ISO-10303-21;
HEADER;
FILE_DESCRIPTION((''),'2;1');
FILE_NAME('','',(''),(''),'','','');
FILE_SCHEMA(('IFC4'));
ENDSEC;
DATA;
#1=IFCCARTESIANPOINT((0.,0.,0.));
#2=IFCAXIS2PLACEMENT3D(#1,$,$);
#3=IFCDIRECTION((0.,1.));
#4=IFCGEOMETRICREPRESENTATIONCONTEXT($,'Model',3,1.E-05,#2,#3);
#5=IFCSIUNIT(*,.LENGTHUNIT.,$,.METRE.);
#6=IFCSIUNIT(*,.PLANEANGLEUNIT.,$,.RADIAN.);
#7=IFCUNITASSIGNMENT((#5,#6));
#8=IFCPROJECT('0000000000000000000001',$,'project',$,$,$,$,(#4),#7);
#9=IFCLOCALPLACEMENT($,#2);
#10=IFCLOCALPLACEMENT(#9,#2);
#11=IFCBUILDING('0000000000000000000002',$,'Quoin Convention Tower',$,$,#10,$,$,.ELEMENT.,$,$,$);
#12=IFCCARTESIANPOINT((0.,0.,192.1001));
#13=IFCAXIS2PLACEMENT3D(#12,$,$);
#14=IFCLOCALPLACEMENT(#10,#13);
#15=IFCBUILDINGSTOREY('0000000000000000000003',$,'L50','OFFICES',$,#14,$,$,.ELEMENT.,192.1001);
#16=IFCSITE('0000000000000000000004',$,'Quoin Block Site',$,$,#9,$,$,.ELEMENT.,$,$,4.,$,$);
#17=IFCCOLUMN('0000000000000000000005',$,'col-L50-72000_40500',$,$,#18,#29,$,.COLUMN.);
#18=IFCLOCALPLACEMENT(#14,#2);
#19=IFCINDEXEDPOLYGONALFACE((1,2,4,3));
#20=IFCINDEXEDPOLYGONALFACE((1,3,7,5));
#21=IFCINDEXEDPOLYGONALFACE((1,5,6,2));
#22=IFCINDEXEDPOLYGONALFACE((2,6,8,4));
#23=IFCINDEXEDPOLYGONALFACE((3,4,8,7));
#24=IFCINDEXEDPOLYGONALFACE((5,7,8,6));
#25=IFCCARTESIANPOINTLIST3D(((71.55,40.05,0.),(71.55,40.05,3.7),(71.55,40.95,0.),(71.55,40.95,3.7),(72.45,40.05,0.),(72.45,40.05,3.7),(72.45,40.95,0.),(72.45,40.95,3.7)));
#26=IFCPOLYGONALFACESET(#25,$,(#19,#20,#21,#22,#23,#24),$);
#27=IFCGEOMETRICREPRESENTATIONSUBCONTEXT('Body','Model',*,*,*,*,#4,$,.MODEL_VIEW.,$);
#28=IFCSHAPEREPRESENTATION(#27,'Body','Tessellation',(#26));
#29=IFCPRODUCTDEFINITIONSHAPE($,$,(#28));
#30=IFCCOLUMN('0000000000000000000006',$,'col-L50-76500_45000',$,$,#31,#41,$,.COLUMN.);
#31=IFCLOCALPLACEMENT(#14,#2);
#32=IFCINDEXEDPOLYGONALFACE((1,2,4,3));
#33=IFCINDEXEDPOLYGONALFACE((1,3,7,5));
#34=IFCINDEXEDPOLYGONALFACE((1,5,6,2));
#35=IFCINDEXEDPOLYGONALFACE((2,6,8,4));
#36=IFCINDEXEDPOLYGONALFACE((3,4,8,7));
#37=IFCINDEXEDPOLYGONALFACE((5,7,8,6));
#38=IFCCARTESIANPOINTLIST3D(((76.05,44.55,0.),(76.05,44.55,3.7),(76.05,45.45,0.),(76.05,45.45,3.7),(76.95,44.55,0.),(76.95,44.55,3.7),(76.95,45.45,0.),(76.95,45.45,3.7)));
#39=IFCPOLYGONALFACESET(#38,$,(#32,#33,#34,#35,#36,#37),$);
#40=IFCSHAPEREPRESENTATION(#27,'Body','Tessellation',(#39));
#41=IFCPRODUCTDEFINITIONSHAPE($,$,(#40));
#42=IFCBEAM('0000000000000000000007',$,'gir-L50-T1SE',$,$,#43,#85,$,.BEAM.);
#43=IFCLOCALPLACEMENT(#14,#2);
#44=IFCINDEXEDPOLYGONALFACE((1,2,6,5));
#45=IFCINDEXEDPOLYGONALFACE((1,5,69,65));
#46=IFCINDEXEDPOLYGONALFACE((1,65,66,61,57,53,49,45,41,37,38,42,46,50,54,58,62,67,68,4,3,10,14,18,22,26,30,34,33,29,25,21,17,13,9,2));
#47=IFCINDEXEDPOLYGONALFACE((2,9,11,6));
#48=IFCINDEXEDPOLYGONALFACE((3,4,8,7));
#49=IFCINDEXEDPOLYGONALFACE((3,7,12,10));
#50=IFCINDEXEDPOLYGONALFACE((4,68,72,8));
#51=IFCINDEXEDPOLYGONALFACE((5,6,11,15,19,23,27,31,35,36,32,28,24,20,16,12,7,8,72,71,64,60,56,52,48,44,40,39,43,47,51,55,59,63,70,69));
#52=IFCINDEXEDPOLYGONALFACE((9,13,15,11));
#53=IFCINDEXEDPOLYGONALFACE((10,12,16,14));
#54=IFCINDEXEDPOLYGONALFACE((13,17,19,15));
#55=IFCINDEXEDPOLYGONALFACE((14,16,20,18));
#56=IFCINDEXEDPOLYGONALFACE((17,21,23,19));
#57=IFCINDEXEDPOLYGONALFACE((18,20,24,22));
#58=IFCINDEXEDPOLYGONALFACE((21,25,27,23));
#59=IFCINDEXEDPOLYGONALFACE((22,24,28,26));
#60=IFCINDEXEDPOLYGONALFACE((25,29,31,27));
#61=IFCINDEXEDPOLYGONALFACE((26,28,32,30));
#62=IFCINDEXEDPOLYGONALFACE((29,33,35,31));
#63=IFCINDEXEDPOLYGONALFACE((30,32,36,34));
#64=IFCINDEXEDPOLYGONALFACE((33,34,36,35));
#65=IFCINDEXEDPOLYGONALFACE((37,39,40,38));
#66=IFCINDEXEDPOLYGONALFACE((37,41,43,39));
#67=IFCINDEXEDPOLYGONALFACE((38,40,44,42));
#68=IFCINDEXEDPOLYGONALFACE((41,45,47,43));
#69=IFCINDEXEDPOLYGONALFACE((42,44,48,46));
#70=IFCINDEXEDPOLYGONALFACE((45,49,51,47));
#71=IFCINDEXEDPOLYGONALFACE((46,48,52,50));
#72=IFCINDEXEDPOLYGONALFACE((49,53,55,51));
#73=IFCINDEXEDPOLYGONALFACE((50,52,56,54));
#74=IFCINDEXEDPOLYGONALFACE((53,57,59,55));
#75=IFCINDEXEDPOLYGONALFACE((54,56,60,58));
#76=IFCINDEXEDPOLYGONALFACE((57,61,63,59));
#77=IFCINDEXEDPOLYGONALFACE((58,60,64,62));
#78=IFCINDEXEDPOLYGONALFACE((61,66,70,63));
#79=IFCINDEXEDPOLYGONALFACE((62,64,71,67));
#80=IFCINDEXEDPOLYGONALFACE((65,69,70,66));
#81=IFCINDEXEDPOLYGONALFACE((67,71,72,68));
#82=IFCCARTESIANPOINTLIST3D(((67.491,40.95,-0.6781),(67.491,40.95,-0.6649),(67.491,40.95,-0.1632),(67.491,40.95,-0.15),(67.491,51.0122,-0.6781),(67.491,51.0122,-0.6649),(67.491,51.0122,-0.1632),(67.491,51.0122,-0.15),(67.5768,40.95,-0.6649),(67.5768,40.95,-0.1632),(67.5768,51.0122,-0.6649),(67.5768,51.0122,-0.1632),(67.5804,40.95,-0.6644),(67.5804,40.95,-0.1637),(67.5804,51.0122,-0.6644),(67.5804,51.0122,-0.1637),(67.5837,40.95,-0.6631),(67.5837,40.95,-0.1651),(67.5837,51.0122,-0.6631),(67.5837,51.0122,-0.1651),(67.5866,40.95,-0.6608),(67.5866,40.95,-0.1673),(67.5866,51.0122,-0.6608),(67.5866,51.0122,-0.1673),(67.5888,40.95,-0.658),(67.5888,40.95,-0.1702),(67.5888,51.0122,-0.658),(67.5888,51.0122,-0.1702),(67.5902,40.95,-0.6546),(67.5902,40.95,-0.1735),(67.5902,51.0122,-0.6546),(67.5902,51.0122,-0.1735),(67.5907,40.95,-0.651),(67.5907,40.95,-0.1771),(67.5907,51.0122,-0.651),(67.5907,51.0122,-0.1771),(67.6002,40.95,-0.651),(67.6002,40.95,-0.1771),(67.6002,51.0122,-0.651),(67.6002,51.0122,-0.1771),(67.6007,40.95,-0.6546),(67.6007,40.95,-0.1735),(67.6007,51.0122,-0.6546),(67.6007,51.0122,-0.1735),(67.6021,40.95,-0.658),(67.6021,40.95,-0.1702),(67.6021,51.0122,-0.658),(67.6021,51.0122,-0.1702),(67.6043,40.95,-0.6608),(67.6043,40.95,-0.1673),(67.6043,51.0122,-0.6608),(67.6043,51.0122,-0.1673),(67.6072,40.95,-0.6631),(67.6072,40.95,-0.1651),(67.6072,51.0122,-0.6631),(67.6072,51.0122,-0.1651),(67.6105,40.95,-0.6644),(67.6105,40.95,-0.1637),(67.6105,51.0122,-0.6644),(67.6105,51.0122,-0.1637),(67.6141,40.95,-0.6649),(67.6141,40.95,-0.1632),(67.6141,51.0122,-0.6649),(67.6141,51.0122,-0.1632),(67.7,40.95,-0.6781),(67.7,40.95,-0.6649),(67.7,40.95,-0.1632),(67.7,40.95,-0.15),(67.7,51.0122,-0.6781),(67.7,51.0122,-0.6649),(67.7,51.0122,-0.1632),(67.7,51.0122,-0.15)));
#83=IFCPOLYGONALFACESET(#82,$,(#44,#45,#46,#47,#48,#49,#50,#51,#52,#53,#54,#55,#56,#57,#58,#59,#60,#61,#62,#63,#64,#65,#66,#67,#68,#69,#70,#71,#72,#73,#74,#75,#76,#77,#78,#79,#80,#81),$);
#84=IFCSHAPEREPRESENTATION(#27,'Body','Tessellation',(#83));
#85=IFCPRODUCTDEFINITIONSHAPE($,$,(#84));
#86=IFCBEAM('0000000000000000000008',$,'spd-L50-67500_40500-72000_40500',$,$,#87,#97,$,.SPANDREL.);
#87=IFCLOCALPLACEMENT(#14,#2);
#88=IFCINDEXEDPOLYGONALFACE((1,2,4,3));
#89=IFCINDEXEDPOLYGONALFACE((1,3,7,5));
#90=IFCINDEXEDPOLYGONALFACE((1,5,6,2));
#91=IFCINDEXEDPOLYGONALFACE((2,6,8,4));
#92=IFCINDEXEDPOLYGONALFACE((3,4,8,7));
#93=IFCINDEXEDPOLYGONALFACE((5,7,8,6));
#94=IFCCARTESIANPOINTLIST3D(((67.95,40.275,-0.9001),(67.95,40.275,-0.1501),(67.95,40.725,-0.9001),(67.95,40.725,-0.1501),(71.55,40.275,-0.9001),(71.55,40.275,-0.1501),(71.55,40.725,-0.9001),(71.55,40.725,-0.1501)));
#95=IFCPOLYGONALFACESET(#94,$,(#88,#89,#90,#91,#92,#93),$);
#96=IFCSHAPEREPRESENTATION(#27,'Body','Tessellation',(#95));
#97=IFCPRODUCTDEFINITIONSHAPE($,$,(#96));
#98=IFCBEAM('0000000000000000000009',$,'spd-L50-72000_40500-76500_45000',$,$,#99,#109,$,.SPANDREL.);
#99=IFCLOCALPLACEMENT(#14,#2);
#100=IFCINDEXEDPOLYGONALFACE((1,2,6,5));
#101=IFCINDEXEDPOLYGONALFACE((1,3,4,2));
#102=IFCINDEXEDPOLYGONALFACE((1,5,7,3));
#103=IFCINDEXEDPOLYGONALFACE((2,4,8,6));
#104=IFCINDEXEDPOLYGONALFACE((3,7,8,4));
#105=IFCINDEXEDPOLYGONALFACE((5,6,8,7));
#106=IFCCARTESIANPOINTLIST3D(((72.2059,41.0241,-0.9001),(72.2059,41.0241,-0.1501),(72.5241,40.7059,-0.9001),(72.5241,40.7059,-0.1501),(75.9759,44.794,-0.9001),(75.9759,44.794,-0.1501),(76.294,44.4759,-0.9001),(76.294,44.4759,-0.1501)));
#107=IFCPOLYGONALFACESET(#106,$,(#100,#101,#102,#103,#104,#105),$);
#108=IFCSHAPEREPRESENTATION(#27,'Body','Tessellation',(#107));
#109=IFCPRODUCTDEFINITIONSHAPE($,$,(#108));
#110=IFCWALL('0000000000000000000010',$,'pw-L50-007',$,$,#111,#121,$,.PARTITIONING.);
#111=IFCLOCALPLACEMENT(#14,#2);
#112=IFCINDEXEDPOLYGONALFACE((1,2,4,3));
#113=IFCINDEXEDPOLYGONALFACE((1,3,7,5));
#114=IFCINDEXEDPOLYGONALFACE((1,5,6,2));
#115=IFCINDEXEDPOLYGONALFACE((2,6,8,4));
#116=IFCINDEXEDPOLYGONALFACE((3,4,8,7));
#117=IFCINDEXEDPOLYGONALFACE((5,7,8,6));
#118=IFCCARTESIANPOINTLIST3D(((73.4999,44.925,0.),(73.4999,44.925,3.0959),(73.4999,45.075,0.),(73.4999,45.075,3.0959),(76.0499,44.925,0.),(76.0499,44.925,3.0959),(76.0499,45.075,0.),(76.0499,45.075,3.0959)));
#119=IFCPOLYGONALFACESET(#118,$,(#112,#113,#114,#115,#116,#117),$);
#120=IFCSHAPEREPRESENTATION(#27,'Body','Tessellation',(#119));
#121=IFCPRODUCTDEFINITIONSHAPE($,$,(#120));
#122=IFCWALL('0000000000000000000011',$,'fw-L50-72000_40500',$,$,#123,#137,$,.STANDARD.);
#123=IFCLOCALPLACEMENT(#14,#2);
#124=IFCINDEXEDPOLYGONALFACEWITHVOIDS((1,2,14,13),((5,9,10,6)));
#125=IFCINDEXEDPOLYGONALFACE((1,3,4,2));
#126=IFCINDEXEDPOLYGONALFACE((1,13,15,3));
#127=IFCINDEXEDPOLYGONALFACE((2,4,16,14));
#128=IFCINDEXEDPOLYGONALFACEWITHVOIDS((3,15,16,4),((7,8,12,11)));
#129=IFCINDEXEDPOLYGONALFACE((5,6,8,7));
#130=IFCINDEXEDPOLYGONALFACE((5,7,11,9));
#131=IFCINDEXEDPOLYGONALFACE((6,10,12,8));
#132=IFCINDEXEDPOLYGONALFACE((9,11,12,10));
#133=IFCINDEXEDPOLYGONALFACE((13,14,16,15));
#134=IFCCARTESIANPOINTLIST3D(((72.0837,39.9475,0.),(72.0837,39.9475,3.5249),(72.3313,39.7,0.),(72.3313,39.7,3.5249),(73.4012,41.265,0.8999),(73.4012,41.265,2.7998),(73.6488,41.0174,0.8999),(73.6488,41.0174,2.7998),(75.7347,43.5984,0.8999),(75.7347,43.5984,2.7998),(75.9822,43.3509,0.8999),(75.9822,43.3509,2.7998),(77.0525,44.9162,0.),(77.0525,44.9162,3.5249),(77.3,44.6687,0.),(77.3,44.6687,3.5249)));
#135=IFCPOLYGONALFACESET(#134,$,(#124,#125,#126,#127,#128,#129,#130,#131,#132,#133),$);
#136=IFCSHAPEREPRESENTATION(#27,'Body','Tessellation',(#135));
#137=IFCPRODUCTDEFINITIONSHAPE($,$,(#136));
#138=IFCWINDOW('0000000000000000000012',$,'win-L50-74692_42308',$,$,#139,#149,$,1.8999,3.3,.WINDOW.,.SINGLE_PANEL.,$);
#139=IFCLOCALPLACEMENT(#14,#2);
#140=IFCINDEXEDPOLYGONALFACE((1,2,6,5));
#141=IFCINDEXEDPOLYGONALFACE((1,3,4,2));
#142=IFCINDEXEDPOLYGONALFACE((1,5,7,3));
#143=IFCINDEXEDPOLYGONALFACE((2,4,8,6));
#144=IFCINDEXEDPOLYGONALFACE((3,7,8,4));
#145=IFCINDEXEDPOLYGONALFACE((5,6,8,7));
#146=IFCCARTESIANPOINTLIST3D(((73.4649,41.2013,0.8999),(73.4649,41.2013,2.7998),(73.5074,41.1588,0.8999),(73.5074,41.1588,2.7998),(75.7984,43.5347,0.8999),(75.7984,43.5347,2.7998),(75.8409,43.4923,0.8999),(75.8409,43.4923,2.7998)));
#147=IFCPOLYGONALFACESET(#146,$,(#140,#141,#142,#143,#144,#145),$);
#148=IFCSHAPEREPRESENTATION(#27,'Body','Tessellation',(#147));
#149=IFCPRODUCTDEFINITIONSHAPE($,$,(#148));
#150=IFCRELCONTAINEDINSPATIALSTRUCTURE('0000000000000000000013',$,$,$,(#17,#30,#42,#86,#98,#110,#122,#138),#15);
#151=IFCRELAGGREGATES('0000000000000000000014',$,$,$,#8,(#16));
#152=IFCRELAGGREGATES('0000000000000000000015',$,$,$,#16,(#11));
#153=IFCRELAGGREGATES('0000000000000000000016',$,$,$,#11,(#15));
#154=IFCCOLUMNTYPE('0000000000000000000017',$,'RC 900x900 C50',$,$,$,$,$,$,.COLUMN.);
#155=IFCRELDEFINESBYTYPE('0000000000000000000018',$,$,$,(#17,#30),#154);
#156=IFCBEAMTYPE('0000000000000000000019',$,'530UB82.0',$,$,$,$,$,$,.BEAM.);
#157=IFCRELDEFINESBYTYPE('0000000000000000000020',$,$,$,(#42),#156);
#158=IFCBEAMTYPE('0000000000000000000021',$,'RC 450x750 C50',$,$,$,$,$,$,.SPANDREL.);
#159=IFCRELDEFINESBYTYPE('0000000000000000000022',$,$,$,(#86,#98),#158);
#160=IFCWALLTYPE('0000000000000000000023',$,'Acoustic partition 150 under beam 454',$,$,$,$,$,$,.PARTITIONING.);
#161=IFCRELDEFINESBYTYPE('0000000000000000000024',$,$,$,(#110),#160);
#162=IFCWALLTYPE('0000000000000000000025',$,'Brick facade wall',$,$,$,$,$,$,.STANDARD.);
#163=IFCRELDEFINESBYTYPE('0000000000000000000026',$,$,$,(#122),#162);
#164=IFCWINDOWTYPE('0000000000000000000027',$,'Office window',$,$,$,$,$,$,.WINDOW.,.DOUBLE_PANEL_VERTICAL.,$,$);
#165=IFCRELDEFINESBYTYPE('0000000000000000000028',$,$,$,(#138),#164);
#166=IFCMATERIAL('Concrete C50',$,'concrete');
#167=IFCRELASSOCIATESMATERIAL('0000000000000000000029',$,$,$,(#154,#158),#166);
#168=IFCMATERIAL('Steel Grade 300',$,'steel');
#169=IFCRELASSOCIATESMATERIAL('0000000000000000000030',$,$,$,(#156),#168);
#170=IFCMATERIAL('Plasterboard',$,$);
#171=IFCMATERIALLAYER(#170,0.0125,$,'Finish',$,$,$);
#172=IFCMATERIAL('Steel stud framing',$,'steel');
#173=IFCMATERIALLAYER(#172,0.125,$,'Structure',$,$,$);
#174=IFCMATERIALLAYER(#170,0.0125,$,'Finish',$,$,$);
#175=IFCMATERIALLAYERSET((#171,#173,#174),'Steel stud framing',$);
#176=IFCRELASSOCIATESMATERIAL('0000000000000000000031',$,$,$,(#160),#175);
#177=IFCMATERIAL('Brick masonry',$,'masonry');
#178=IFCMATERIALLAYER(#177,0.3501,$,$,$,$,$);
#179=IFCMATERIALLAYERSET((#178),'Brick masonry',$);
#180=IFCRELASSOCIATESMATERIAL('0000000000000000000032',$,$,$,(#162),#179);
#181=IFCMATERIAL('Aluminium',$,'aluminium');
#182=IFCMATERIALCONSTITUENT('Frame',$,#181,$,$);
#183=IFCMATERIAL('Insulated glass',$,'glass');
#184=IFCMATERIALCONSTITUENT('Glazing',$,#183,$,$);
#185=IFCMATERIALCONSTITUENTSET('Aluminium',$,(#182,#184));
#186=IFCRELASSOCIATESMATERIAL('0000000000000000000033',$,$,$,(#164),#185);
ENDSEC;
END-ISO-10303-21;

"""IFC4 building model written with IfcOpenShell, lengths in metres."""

from ifc_helpers import new_model, si_unit, direction, frame, frame_2d, origin, origin_2d, place, context, subcontext, project, spatial, rectangle, i_section, extrude, material, layer, layer_set, constituent, constituent_set, material_profile, profile_set, type_object, element, fill, save


model = new_model("IFC4")

# Units and contexts
model_context = context("Model", 3, precision=1e-05, world=origin(), true_north=direction((0.0, 1.0)))
body_context = subcontext(model_context, "Body", "Model", "MODEL_VIEW")
ifc_project = project(units=[si_unit("LENGTHUNIT", "METRE"), si_unit("PLANEANGLEUNIT", "RADIAN")], contexts=[model_context])

# Site, building, storey
site_placement = place(None, origin())
site = spatial("IfcSite", under=ifc_project, at=site_placement, Name="Quoin Block Site", CompositionType="ELEMENT", RefElevation=4.0)
building_placement = place(site_placement, origin())
building = spatial("IfcBuilding", under=site, at=building_placement, Name="Quoin Convention Tower", CompositionType="ELEMENT")
storey_placement = place(building_placement, frame((0.0, 0.0, 192.1001)))
storey = spatial("IfcBuildingStorey", under=building, at=storey_placement, Name="L50", Description="OFFICES", CompositionType="ELEMENT", Elevation=192.1001)

# Columns
ifc_material_1 = material(Name="Concrete C50", Category="concrete")
ifc_material_profile_1 = material_profile(ifc_material_1, rectangle(XDim=0.8999, YDim=0.8999, at=origin_2d()), Name="RC 900x900")
ifc_profile_set_1 = profile_set([ifc_material_profile_1], Name="Concrete C50")
column_type = type_object("IfcColumnType", Name="RC 900x900 C50", PredefinedType="COLUMN", material=ifc_profile_set_1)
for number, where, z_axis, x_axis, name in (
    (1, (72.0, 40.5, 0.0), (0.0, 0.0, 1.0), (1.0, 0.0, 0.0), "col-L50-72000_40500"),
    (2, (76.5, 45.0, 0.0), (0.0, 0.0, 1.0), (1.0, 0.0, 0.0), "col-L50-76500_45000"),
):
    element("IfcColumn", number, at=place(storey_placement, frame(where, z_axis=z_axis, x_axis=x_axis)), inside=storey, type_object=column_type, Name=name, PredefinedType="COLUMN", context=body_context, shape_type="SweptSolid", body=[
        extrude(rectangle(XDim=0.8999, YDim=0.8999, at=origin_2d()), origin(), (0.0, 0.0, 1.0), 3.7),
    ])

# Beams
ifc_material_2 = material(Name="Steel Grade 300", Category="steel")
ifc_material_profile_2 = material_profile(ifc_material_2, i_section(OverallWidth=0.209, OverallDepth=0.5281, WebThickness=0.0095, FlangeThickness=0.0132, FilletRadius=0.0139, at=origin_2d()), Name="530UB82.0")
ifc_profile_set_2 = profile_set([ifc_material_profile_2], Name="Steel Grade 300")
beam_type_1 = type_object("IfcBeamType", Name="530UB82.0", PredefinedType="BEAM", material=ifc_profile_set_2)
beam_1_placement = place(storey_placement, frame((67.5955, 40.95, -0.4141), z_axis=(0.0, 1.0, 0.0), x_axis=(-1.0, 0.0, 0.0)))
element("IfcBeam", 3, at=beam_1_placement, inside=storey, type_object=beam_type_1, Name="gir-L50-T1SE", PredefinedType="BEAM", context=body_context, shape_type="SweptSolid", body=[
    extrude(i_section(OverallWidth=0.209, OverallDepth=0.5281, WebThickness=0.0095, FlangeThickness=0.0132, FilletRadius=0.0139, at=origin_2d()), origin(), (0.0, 0.0, 1.0), 10.0623),
])
ifc_material_profile_3 = material_profile(ifc_material_1, rectangle(XDim=0.45, YDim=0.75, at=origin_2d()), Name="RC 450x750")
ifc_profile_set_3 = profile_set([ifc_material_profile_3], Name="Concrete C50")
beam_type_2 = type_object("IfcBeamType", Name="RC 450x750 C50", PredefinedType="SPANDREL", material=ifc_profile_set_3)
beam_2_placement = place(storey_placement, frame((67.95, 40.5, -0.5251), z_axis=(1.0, 0.0, 0.0), x_axis=(0.0, 1.0, 0.0)))
element("IfcBeam", 4, at=beam_2_placement, inside=storey, type_object=beam_type_2, Name="spd-L50-67500_40500-72000_40500", PredefinedType="SPANDREL", context=body_context, shape_type="SweptSolid", body=[
    extrude(rectangle(XDim=0.45, YDim=0.75, at=origin_2d()), origin(), (0.0, 0.0, 1.0), 3.6001),
])
beam_3_placement = place(storey_placement, frame((72.365, 40.865, -0.5251), z_axis=(0.707107, 0.707107, 0.0), x_axis=(-0.707107, 0.707107, 0.0)))
element("IfcBeam", 5, at=beam_3_placement, inside=storey, type_object=beam_type_2, Name="spd-L50-72000_40500-76500_45000", PredefinedType="SPANDREL", context=body_context, shape_type="SweptSolid", body=[
    extrude(rectangle(XDim=0.45, YDim=0.75, at=origin_2d()), origin(), (0.0, 0.0, 1.0), 5.3315),
])

# Wall
ifc_material_3 = material(Name="Plasterboard")
ifc_layer_1 = layer(ifc_material_3, 0.0125, Name="Finish")
ifc_material_4 = material(Name="Steel stud framing", Category="steel")
ifc_layer_2 = layer(ifc_material_4, 0.125, Name="Structure")
ifc_layer_3 = layer(ifc_material_3, 0.0125, Name="Finish")
ifc_layer_set_1 = layer_set([ifc_layer_1, ifc_layer_2, ifc_layer_3], Name="Steel stud framing")
wall_type_1 = type_object("IfcWallType", Name="Acoustic partition 150 under beam 454", PredefinedType="PARTITIONING", material=ifc_layer_set_1)
wall_1_placement = place(storey_placement, frame((73.5, 45.0, 0.0), z_axis=(0.0, 0.0, 1.0), x_axis=(1.0, 0.0, 0.0)))
element("IfcWall", 6, at=wall_1_placement, inside=storey, type_object=wall_type_1, Name="pw-L50-007", PredefinedType="PARTITIONING", context=body_context, shape_type="SweptSolid", body=[
    extrude(rectangle(XDim=2.55, YDim=0.1499, at=frame_2d((1.2749, 0.0))), origin(), (0.0, 0.0, 1.0), 3.0959),
])

# Wall, opening, window
ifc_material_5 = material(Name="Brick masonry", Category="masonry")
ifc_layer_4 = layer(ifc_material_5, 0.3501)
ifc_layer_set_2 = layer_set([ifc_layer_4], Name="Brick masonry")
wall_type_2 = type_object("IfcWallType", Name="Brick facade wall", PredefinedType="STANDARD", material=ifc_layer_set_2)
wall_2_placement = place(storey_placement, frame((72.2075, 39.8237, 0.0), z_axis=(0.0, 0.0, 1.0), x_axis=(0.707107, 0.707107, 0.0)))
wall_2 = element("IfcWall", 7, at=wall_2_placement, inside=storey, type_object=wall_type_2, Name="fw-L50-72000_40500", PredefinedType="STANDARD", context=body_context, shape_type="SweptSolid", body=[
    extrude(rectangle(XDim=7.0269, YDim=0.3501, at=frame_2d((3.5134, 0.0))), origin(), (0.0, 0.0, 1.0), 3.5249),
])
opening_1_placement = place(wall_2_placement, frame((1.8633, 0.0, 0.8999)))
opening_1 = element("IfcOpeningElement", 8, at=opening_1_placement, cuts=wall_2, PredefinedType="OPENING", context=body_context, shape_type="SweptSolid", body=[
    extrude(rectangle(XDim=3.3, YDim=1.8999, at=frame_2d((1.6499, 0.95))), frame((0.0, 0.1851, 0.0), z_axis=(0.0, -1.0, 0.0), x_axis=(1.0, 0.0, 0.0)), (0.0, 0.0, 1.0), 0.3701),
])
ifc_material_6 = material(Name="Aluminium", Category="aluminium")
ifc_constituent_1 = constituent(ifc_material_6, Name="Frame")
ifc_material_7 = material(Name="Insulated glass", Category="glass")
ifc_constituent_2 = constituent(ifc_material_7, Name="Glazing")
ifc_constituent_set = constituent_set(constituents=[ifc_constituent_1, ifc_constituent_2], Name="Aluminium")
window_type = type_object("IfcWindowType", Name="Office window", PartitioningType="DOUBLE_PANEL_VERTICAL", PredefinedType="WINDOW", material=ifc_constituent_set)
window_1_placement = place(opening_1_placement, origin())
window_1 = element("IfcWindow", 9, at=window_1_placement, inside=storey, type_object=window_type, Name="win-L50-74692_42308", OverallHeight=1.8999, OverallWidth=3.3, PartitioningType="SINGLE_PANEL", PredefinedType="WINDOW", context=body_context, shape_type="SweptSolid", body=[
    extrude(rectangle(XDim=3.3, YDim=1.8999, at=frame_2d((1.6499, 0.95))), frame((0.0, 0.085, 0.0), z_axis=(0.0, -1.0, 0.0), x_axis=(1.0, 0.0, 0.0)), (0.0, 0.0, 1.0), 0.0601),
])
fill(opening_1, window_1)

save(model, "model.ifc")
